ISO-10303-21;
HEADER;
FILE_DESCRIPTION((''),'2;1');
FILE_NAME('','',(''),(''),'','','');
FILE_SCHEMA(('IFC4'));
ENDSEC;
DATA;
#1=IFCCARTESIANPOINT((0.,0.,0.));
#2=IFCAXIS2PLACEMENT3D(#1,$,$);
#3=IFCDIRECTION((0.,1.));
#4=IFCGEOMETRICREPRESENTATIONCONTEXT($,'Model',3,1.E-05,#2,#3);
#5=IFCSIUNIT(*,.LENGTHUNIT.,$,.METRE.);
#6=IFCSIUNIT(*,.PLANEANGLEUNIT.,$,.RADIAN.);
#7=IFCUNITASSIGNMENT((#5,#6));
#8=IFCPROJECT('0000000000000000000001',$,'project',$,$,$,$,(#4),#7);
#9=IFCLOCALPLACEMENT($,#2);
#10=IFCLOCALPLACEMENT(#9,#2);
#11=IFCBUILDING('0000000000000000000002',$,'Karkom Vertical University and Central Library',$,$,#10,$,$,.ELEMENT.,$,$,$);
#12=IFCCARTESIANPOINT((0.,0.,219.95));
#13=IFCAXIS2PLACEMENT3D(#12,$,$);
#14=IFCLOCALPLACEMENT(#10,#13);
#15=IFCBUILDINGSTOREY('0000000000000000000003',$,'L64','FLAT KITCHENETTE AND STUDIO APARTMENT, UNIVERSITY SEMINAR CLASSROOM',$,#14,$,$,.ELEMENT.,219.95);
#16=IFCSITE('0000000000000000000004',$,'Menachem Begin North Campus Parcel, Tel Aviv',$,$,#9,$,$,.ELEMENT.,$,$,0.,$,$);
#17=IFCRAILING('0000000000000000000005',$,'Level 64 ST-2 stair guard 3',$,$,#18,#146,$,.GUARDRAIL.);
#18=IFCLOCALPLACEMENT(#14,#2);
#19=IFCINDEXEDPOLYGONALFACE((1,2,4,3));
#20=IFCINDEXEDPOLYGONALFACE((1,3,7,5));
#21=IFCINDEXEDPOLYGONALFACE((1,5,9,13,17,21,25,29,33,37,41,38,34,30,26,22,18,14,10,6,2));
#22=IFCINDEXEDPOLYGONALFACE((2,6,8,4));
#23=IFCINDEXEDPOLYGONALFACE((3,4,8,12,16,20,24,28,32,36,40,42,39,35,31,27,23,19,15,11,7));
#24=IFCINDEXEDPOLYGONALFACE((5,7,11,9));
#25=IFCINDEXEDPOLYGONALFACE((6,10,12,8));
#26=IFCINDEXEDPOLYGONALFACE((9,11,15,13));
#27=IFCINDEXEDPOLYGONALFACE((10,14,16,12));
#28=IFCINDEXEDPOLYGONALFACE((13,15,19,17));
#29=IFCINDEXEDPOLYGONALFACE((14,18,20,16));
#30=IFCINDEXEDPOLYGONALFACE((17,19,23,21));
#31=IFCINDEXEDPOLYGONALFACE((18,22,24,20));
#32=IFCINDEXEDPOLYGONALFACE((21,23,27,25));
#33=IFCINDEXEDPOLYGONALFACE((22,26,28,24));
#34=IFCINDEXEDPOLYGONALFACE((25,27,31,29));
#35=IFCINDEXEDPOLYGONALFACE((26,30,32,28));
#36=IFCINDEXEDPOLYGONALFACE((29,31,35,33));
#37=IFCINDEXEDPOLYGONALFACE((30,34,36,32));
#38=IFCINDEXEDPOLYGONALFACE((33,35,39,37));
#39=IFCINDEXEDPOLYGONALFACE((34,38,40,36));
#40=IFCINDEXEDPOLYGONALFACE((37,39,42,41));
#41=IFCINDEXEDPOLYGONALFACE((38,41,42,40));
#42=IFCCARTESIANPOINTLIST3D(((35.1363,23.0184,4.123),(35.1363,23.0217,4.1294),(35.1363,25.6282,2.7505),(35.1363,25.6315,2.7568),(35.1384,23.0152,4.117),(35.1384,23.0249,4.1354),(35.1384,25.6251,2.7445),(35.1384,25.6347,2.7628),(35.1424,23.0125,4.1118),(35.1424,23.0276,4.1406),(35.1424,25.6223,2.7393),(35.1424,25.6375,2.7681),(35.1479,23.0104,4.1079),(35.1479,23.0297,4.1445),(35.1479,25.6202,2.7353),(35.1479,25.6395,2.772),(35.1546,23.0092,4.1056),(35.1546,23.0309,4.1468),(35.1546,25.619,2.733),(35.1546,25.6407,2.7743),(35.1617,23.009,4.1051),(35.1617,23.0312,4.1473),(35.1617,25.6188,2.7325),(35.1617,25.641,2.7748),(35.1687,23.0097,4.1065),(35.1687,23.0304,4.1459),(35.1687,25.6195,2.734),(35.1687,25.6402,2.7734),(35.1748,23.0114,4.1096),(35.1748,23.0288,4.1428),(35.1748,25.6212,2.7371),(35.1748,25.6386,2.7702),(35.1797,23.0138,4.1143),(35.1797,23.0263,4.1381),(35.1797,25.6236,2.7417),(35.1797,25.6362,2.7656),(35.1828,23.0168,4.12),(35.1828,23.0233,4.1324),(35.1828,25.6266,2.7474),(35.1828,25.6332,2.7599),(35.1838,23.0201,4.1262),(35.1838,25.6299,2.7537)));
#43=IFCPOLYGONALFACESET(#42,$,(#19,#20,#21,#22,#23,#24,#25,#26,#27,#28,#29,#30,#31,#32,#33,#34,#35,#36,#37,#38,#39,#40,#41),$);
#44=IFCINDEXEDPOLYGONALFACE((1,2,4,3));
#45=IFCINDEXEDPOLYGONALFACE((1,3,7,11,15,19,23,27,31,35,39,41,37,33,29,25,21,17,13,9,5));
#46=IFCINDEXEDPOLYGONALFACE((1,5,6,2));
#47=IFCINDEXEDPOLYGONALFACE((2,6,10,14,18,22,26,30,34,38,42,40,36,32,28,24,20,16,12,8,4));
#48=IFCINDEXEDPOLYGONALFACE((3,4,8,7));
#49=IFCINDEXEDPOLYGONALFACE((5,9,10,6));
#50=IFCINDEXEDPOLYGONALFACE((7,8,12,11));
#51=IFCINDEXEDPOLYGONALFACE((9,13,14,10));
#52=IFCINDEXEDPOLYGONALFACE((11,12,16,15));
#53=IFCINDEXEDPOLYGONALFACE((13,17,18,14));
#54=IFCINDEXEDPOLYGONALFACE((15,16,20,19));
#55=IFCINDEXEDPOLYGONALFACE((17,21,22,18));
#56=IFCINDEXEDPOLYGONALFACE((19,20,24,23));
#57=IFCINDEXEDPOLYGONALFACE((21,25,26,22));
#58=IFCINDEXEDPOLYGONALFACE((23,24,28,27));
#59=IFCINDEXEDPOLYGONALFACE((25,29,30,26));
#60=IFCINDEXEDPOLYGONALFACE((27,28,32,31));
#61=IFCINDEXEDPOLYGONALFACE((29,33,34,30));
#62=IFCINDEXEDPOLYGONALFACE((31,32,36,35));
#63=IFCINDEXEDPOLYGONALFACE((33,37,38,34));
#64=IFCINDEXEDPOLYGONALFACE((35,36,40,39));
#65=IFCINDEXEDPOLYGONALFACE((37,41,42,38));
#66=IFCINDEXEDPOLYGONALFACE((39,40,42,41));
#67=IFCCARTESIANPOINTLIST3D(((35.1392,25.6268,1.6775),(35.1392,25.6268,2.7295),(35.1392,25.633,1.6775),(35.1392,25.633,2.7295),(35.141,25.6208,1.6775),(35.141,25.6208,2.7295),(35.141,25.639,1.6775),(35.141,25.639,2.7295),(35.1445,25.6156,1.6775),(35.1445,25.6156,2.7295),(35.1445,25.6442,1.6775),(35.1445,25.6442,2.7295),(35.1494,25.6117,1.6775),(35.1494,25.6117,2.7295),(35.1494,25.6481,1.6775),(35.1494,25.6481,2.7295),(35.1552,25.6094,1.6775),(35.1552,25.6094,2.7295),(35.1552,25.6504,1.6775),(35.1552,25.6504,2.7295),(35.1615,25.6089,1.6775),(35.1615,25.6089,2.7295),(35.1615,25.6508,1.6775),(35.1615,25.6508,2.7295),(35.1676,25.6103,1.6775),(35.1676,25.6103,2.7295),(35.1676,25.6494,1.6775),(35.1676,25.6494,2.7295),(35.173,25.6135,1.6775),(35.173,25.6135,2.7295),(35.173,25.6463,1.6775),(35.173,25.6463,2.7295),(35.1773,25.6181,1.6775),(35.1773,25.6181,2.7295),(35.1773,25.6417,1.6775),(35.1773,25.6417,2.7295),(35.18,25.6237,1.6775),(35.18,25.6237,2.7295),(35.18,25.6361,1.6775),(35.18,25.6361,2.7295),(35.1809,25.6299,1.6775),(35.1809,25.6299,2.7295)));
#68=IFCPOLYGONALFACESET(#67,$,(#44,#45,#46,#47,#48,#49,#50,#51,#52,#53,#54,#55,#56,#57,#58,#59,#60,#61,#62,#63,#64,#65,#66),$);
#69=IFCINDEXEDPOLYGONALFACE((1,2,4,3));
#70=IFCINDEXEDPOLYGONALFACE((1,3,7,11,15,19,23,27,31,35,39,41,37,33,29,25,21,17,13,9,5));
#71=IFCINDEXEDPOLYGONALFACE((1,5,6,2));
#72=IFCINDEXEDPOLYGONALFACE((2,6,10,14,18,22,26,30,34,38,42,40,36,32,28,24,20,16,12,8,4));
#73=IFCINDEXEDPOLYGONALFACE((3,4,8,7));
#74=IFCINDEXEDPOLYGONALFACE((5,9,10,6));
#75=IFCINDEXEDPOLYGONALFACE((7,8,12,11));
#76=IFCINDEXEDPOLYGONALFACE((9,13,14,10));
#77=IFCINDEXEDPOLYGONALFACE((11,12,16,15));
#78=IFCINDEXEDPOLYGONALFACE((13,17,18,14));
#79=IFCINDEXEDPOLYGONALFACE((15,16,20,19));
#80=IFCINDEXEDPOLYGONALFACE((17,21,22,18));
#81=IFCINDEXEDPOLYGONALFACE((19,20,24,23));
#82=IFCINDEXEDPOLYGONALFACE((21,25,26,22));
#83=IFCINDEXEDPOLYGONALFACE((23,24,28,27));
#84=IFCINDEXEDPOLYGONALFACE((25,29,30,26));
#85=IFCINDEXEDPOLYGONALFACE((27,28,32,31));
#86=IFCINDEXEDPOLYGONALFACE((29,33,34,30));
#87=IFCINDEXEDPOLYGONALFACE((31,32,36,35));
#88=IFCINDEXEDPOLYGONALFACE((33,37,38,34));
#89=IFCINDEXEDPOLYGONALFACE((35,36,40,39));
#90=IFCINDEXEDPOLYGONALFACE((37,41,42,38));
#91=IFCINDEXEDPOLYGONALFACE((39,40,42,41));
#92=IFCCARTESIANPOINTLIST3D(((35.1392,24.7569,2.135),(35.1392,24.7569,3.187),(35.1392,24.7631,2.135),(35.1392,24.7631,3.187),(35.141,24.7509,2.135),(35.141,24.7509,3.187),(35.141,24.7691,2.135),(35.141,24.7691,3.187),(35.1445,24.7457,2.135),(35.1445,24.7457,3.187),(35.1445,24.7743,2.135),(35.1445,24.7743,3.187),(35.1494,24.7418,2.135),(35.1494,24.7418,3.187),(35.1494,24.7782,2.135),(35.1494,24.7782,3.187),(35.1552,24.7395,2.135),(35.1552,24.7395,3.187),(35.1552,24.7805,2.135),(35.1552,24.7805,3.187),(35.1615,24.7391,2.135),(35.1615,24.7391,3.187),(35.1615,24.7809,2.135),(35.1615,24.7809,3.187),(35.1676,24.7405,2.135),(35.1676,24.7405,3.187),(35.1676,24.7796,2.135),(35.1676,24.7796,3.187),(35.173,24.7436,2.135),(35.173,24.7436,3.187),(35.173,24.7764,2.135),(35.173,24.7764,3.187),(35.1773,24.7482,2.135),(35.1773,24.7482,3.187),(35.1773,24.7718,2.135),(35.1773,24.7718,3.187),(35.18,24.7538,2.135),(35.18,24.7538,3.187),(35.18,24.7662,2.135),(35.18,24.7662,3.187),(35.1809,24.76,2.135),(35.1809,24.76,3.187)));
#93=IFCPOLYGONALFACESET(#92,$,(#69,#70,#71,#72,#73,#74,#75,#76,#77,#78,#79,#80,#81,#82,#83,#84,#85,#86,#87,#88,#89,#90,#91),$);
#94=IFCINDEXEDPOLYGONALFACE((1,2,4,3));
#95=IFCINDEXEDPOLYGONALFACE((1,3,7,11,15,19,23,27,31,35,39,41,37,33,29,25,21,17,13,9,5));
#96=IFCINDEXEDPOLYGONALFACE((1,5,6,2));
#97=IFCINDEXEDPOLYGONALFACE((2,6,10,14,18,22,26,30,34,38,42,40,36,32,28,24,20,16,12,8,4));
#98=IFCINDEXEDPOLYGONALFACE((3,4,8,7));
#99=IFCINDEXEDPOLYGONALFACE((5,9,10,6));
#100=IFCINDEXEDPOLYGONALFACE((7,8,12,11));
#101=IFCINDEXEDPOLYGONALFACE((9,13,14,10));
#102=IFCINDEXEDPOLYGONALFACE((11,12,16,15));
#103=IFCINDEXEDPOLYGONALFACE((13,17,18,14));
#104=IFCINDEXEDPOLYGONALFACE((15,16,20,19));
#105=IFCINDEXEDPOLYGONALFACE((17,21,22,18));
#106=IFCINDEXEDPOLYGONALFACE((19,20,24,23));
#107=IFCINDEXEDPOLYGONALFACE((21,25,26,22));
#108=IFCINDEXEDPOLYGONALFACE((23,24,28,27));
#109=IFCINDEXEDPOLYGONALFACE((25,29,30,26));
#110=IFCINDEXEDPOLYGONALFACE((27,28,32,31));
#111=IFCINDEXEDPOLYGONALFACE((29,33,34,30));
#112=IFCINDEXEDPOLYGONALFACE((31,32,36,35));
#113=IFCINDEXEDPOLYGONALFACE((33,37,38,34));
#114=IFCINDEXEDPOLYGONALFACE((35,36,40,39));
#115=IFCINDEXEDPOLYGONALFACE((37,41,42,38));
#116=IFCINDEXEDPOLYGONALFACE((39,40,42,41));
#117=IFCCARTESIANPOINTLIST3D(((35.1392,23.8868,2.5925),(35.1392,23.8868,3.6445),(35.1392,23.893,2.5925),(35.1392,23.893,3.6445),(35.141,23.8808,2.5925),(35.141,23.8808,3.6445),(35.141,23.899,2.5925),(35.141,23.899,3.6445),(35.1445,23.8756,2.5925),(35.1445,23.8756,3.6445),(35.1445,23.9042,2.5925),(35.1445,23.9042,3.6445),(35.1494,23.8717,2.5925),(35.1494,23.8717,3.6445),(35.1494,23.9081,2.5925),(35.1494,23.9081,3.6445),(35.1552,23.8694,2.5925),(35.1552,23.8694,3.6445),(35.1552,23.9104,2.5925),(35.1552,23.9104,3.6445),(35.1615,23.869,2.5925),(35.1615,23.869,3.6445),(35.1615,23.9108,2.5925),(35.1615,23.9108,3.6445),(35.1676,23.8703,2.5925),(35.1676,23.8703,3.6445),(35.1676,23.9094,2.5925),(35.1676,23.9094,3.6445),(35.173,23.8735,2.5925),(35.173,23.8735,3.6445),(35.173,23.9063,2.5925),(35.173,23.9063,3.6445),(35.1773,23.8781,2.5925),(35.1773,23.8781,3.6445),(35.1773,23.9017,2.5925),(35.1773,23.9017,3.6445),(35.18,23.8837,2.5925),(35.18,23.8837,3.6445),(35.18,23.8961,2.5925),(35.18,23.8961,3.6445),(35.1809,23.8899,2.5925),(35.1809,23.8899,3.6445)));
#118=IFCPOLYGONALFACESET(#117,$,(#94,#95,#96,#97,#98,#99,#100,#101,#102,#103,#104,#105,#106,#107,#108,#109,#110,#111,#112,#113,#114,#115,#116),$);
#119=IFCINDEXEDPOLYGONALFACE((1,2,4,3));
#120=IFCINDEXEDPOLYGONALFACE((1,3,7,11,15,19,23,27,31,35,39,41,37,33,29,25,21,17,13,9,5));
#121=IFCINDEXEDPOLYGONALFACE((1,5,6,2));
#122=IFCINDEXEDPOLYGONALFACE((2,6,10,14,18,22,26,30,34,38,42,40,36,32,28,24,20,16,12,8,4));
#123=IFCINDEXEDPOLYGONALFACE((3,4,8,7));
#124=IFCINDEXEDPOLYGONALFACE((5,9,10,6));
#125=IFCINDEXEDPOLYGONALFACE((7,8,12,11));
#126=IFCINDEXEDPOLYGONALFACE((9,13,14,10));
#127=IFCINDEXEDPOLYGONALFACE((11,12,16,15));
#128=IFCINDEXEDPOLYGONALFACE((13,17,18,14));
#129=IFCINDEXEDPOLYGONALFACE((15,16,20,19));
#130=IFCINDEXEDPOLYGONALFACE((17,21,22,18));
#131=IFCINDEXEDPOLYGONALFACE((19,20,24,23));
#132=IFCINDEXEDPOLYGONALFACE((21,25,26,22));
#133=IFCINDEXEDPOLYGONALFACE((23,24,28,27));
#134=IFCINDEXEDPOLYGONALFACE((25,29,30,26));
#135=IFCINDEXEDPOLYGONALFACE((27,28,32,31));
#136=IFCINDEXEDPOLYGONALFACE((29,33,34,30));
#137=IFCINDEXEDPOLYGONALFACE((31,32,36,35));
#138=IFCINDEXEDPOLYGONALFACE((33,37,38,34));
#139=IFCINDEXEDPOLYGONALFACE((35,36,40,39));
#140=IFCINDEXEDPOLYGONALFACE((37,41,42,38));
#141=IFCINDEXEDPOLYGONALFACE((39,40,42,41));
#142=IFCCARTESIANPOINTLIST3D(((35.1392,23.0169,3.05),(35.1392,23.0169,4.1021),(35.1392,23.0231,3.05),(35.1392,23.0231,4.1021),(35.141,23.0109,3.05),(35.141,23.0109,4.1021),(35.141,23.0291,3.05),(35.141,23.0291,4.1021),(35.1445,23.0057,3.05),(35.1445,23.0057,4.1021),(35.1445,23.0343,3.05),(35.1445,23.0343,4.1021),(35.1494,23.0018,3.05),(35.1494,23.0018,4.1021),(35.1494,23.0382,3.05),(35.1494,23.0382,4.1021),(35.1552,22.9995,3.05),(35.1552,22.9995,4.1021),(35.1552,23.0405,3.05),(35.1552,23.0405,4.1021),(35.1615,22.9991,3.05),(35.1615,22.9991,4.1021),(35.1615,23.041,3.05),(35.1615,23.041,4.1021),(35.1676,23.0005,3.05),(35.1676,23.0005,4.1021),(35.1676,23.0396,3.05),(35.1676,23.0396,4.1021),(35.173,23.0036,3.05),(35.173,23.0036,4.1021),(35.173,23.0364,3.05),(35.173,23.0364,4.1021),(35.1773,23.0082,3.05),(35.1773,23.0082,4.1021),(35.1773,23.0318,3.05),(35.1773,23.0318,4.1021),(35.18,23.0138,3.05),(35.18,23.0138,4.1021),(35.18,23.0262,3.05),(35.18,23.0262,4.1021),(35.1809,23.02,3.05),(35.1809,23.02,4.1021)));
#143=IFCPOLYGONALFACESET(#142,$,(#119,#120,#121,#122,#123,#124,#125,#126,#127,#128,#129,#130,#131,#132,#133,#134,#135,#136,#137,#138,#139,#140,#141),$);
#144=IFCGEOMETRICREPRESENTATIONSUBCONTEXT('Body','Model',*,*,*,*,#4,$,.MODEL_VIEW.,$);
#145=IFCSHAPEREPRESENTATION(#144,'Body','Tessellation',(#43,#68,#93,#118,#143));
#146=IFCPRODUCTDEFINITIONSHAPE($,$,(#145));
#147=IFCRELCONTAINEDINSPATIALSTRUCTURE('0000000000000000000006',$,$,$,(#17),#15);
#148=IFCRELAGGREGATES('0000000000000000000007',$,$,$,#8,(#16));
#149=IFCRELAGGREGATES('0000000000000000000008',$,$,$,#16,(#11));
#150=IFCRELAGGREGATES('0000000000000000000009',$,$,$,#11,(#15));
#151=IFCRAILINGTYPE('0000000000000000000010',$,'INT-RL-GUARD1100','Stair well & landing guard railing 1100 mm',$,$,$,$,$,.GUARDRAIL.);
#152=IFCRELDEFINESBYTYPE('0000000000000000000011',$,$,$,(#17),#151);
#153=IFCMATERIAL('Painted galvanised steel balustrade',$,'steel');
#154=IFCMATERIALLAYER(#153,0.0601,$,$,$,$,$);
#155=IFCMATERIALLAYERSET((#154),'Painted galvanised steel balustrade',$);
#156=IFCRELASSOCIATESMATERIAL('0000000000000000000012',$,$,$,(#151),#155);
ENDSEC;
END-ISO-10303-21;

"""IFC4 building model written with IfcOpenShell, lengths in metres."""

from ifc_helpers import new_model, si_unit, direction, frame, origin, origin_2d, place, context, subcontext, project, spatial, circle, extrude, material, layer, layer_set, type_object, element, save


model = new_model("IFC4")

# Units and contexts
model_context = context("Model", 3, precision=1e-05, world=origin(), true_north=direction((0.0, 1.0)))
body_context = subcontext(model_context, "Body", "Model", "MODEL_VIEW")
ifc_project = project(units=[si_unit("LENGTHUNIT", "METRE"), si_unit("PLANEANGLEUNIT", "RADIAN")], contexts=[model_context])

# Site, building, storey
site_placement = place(None, origin())
site = spatial("IfcSite", under=ifc_project, at=site_placement, Name="Menachem Begin North Campus Parcel, Tel Aviv", CompositionType="ELEMENT", RefElevation=0.0)
building_placement = place(site_placement, origin())
building = spatial("IfcBuilding", under=site, at=building_placement, Name="Karkom Vertical University and Central Library", CompositionType="ELEMENT")
storey_placement = place(building_placement, frame((0.0, 0.0, 219.95)))
storey = spatial("IfcBuildingStorey", under=building, at=storey_placement, Name="L64", Description="FLAT KITCHENETTE AND STUDIO APARTMENT, UNIVERSITY SEMINAR CLASSROOM", CompositionType="ELEMENT", Elevation=219.95)

# Railing
ifc_material_1 = material(Name="Painted galvanised steel balustrade", Category="steel")
ifc_layer_1 = layer(ifc_material_1, 0.0601)
ifc_layer_set_1 = layer_set([ifc_layer_1], Name="Painted galvanised steel balustrade")
railing_type_1 = type_object("IfcRailingType", Name="INT-RL-GUARD1100", Description="Stair well & landing guard railing 1100 mm", PredefinedType="GUARDRAIL", material=ifc_layer_set_1)
railing_1_placement = place(storey_placement, frame((35.1599, 25.6299, 1.6775)))
element("IfcRailing", 1, at=railing_1_placement, inside=storey, type_object=railing_type_1, Name="Level 64 ST-2 stair guard 3", PredefinedType="GUARDRAIL", context=body_context, shape_type="SweptSolid", body=[
    extrude(circle(Radius=0.0239, at=origin_2d()), frame((0.0, 0.0, 1.0762), z_axis=(0.0, -0.885065, 0.465467), x_axis=(1.0, 0.0, 0.0)), (0.0, 0.0, 1.0), 2.9487),
    extrude(circle(Radius=0.021, at=origin_2d()), origin(), (0.0, 0.0, 1.0), 1.052),
    extrude(circle(Radius=0.021, at=origin_2d()), frame((0.0, -0.8699, 0.4575)), (0.0, 0.0, 1.0), 1.052),
    extrude(circle(Radius=0.021, at=origin_2d()), frame((0.0, -1.74, 0.915)), (0.0, 0.0, 1.0), 1.052),
    extrude(circle(Radius=0.021, at=origin_2d()), frame((0.0, -2.6099, 1.3726)), (0.0, 0.0, 1.0), 1.052),
])

save(model, "model.ifc")
